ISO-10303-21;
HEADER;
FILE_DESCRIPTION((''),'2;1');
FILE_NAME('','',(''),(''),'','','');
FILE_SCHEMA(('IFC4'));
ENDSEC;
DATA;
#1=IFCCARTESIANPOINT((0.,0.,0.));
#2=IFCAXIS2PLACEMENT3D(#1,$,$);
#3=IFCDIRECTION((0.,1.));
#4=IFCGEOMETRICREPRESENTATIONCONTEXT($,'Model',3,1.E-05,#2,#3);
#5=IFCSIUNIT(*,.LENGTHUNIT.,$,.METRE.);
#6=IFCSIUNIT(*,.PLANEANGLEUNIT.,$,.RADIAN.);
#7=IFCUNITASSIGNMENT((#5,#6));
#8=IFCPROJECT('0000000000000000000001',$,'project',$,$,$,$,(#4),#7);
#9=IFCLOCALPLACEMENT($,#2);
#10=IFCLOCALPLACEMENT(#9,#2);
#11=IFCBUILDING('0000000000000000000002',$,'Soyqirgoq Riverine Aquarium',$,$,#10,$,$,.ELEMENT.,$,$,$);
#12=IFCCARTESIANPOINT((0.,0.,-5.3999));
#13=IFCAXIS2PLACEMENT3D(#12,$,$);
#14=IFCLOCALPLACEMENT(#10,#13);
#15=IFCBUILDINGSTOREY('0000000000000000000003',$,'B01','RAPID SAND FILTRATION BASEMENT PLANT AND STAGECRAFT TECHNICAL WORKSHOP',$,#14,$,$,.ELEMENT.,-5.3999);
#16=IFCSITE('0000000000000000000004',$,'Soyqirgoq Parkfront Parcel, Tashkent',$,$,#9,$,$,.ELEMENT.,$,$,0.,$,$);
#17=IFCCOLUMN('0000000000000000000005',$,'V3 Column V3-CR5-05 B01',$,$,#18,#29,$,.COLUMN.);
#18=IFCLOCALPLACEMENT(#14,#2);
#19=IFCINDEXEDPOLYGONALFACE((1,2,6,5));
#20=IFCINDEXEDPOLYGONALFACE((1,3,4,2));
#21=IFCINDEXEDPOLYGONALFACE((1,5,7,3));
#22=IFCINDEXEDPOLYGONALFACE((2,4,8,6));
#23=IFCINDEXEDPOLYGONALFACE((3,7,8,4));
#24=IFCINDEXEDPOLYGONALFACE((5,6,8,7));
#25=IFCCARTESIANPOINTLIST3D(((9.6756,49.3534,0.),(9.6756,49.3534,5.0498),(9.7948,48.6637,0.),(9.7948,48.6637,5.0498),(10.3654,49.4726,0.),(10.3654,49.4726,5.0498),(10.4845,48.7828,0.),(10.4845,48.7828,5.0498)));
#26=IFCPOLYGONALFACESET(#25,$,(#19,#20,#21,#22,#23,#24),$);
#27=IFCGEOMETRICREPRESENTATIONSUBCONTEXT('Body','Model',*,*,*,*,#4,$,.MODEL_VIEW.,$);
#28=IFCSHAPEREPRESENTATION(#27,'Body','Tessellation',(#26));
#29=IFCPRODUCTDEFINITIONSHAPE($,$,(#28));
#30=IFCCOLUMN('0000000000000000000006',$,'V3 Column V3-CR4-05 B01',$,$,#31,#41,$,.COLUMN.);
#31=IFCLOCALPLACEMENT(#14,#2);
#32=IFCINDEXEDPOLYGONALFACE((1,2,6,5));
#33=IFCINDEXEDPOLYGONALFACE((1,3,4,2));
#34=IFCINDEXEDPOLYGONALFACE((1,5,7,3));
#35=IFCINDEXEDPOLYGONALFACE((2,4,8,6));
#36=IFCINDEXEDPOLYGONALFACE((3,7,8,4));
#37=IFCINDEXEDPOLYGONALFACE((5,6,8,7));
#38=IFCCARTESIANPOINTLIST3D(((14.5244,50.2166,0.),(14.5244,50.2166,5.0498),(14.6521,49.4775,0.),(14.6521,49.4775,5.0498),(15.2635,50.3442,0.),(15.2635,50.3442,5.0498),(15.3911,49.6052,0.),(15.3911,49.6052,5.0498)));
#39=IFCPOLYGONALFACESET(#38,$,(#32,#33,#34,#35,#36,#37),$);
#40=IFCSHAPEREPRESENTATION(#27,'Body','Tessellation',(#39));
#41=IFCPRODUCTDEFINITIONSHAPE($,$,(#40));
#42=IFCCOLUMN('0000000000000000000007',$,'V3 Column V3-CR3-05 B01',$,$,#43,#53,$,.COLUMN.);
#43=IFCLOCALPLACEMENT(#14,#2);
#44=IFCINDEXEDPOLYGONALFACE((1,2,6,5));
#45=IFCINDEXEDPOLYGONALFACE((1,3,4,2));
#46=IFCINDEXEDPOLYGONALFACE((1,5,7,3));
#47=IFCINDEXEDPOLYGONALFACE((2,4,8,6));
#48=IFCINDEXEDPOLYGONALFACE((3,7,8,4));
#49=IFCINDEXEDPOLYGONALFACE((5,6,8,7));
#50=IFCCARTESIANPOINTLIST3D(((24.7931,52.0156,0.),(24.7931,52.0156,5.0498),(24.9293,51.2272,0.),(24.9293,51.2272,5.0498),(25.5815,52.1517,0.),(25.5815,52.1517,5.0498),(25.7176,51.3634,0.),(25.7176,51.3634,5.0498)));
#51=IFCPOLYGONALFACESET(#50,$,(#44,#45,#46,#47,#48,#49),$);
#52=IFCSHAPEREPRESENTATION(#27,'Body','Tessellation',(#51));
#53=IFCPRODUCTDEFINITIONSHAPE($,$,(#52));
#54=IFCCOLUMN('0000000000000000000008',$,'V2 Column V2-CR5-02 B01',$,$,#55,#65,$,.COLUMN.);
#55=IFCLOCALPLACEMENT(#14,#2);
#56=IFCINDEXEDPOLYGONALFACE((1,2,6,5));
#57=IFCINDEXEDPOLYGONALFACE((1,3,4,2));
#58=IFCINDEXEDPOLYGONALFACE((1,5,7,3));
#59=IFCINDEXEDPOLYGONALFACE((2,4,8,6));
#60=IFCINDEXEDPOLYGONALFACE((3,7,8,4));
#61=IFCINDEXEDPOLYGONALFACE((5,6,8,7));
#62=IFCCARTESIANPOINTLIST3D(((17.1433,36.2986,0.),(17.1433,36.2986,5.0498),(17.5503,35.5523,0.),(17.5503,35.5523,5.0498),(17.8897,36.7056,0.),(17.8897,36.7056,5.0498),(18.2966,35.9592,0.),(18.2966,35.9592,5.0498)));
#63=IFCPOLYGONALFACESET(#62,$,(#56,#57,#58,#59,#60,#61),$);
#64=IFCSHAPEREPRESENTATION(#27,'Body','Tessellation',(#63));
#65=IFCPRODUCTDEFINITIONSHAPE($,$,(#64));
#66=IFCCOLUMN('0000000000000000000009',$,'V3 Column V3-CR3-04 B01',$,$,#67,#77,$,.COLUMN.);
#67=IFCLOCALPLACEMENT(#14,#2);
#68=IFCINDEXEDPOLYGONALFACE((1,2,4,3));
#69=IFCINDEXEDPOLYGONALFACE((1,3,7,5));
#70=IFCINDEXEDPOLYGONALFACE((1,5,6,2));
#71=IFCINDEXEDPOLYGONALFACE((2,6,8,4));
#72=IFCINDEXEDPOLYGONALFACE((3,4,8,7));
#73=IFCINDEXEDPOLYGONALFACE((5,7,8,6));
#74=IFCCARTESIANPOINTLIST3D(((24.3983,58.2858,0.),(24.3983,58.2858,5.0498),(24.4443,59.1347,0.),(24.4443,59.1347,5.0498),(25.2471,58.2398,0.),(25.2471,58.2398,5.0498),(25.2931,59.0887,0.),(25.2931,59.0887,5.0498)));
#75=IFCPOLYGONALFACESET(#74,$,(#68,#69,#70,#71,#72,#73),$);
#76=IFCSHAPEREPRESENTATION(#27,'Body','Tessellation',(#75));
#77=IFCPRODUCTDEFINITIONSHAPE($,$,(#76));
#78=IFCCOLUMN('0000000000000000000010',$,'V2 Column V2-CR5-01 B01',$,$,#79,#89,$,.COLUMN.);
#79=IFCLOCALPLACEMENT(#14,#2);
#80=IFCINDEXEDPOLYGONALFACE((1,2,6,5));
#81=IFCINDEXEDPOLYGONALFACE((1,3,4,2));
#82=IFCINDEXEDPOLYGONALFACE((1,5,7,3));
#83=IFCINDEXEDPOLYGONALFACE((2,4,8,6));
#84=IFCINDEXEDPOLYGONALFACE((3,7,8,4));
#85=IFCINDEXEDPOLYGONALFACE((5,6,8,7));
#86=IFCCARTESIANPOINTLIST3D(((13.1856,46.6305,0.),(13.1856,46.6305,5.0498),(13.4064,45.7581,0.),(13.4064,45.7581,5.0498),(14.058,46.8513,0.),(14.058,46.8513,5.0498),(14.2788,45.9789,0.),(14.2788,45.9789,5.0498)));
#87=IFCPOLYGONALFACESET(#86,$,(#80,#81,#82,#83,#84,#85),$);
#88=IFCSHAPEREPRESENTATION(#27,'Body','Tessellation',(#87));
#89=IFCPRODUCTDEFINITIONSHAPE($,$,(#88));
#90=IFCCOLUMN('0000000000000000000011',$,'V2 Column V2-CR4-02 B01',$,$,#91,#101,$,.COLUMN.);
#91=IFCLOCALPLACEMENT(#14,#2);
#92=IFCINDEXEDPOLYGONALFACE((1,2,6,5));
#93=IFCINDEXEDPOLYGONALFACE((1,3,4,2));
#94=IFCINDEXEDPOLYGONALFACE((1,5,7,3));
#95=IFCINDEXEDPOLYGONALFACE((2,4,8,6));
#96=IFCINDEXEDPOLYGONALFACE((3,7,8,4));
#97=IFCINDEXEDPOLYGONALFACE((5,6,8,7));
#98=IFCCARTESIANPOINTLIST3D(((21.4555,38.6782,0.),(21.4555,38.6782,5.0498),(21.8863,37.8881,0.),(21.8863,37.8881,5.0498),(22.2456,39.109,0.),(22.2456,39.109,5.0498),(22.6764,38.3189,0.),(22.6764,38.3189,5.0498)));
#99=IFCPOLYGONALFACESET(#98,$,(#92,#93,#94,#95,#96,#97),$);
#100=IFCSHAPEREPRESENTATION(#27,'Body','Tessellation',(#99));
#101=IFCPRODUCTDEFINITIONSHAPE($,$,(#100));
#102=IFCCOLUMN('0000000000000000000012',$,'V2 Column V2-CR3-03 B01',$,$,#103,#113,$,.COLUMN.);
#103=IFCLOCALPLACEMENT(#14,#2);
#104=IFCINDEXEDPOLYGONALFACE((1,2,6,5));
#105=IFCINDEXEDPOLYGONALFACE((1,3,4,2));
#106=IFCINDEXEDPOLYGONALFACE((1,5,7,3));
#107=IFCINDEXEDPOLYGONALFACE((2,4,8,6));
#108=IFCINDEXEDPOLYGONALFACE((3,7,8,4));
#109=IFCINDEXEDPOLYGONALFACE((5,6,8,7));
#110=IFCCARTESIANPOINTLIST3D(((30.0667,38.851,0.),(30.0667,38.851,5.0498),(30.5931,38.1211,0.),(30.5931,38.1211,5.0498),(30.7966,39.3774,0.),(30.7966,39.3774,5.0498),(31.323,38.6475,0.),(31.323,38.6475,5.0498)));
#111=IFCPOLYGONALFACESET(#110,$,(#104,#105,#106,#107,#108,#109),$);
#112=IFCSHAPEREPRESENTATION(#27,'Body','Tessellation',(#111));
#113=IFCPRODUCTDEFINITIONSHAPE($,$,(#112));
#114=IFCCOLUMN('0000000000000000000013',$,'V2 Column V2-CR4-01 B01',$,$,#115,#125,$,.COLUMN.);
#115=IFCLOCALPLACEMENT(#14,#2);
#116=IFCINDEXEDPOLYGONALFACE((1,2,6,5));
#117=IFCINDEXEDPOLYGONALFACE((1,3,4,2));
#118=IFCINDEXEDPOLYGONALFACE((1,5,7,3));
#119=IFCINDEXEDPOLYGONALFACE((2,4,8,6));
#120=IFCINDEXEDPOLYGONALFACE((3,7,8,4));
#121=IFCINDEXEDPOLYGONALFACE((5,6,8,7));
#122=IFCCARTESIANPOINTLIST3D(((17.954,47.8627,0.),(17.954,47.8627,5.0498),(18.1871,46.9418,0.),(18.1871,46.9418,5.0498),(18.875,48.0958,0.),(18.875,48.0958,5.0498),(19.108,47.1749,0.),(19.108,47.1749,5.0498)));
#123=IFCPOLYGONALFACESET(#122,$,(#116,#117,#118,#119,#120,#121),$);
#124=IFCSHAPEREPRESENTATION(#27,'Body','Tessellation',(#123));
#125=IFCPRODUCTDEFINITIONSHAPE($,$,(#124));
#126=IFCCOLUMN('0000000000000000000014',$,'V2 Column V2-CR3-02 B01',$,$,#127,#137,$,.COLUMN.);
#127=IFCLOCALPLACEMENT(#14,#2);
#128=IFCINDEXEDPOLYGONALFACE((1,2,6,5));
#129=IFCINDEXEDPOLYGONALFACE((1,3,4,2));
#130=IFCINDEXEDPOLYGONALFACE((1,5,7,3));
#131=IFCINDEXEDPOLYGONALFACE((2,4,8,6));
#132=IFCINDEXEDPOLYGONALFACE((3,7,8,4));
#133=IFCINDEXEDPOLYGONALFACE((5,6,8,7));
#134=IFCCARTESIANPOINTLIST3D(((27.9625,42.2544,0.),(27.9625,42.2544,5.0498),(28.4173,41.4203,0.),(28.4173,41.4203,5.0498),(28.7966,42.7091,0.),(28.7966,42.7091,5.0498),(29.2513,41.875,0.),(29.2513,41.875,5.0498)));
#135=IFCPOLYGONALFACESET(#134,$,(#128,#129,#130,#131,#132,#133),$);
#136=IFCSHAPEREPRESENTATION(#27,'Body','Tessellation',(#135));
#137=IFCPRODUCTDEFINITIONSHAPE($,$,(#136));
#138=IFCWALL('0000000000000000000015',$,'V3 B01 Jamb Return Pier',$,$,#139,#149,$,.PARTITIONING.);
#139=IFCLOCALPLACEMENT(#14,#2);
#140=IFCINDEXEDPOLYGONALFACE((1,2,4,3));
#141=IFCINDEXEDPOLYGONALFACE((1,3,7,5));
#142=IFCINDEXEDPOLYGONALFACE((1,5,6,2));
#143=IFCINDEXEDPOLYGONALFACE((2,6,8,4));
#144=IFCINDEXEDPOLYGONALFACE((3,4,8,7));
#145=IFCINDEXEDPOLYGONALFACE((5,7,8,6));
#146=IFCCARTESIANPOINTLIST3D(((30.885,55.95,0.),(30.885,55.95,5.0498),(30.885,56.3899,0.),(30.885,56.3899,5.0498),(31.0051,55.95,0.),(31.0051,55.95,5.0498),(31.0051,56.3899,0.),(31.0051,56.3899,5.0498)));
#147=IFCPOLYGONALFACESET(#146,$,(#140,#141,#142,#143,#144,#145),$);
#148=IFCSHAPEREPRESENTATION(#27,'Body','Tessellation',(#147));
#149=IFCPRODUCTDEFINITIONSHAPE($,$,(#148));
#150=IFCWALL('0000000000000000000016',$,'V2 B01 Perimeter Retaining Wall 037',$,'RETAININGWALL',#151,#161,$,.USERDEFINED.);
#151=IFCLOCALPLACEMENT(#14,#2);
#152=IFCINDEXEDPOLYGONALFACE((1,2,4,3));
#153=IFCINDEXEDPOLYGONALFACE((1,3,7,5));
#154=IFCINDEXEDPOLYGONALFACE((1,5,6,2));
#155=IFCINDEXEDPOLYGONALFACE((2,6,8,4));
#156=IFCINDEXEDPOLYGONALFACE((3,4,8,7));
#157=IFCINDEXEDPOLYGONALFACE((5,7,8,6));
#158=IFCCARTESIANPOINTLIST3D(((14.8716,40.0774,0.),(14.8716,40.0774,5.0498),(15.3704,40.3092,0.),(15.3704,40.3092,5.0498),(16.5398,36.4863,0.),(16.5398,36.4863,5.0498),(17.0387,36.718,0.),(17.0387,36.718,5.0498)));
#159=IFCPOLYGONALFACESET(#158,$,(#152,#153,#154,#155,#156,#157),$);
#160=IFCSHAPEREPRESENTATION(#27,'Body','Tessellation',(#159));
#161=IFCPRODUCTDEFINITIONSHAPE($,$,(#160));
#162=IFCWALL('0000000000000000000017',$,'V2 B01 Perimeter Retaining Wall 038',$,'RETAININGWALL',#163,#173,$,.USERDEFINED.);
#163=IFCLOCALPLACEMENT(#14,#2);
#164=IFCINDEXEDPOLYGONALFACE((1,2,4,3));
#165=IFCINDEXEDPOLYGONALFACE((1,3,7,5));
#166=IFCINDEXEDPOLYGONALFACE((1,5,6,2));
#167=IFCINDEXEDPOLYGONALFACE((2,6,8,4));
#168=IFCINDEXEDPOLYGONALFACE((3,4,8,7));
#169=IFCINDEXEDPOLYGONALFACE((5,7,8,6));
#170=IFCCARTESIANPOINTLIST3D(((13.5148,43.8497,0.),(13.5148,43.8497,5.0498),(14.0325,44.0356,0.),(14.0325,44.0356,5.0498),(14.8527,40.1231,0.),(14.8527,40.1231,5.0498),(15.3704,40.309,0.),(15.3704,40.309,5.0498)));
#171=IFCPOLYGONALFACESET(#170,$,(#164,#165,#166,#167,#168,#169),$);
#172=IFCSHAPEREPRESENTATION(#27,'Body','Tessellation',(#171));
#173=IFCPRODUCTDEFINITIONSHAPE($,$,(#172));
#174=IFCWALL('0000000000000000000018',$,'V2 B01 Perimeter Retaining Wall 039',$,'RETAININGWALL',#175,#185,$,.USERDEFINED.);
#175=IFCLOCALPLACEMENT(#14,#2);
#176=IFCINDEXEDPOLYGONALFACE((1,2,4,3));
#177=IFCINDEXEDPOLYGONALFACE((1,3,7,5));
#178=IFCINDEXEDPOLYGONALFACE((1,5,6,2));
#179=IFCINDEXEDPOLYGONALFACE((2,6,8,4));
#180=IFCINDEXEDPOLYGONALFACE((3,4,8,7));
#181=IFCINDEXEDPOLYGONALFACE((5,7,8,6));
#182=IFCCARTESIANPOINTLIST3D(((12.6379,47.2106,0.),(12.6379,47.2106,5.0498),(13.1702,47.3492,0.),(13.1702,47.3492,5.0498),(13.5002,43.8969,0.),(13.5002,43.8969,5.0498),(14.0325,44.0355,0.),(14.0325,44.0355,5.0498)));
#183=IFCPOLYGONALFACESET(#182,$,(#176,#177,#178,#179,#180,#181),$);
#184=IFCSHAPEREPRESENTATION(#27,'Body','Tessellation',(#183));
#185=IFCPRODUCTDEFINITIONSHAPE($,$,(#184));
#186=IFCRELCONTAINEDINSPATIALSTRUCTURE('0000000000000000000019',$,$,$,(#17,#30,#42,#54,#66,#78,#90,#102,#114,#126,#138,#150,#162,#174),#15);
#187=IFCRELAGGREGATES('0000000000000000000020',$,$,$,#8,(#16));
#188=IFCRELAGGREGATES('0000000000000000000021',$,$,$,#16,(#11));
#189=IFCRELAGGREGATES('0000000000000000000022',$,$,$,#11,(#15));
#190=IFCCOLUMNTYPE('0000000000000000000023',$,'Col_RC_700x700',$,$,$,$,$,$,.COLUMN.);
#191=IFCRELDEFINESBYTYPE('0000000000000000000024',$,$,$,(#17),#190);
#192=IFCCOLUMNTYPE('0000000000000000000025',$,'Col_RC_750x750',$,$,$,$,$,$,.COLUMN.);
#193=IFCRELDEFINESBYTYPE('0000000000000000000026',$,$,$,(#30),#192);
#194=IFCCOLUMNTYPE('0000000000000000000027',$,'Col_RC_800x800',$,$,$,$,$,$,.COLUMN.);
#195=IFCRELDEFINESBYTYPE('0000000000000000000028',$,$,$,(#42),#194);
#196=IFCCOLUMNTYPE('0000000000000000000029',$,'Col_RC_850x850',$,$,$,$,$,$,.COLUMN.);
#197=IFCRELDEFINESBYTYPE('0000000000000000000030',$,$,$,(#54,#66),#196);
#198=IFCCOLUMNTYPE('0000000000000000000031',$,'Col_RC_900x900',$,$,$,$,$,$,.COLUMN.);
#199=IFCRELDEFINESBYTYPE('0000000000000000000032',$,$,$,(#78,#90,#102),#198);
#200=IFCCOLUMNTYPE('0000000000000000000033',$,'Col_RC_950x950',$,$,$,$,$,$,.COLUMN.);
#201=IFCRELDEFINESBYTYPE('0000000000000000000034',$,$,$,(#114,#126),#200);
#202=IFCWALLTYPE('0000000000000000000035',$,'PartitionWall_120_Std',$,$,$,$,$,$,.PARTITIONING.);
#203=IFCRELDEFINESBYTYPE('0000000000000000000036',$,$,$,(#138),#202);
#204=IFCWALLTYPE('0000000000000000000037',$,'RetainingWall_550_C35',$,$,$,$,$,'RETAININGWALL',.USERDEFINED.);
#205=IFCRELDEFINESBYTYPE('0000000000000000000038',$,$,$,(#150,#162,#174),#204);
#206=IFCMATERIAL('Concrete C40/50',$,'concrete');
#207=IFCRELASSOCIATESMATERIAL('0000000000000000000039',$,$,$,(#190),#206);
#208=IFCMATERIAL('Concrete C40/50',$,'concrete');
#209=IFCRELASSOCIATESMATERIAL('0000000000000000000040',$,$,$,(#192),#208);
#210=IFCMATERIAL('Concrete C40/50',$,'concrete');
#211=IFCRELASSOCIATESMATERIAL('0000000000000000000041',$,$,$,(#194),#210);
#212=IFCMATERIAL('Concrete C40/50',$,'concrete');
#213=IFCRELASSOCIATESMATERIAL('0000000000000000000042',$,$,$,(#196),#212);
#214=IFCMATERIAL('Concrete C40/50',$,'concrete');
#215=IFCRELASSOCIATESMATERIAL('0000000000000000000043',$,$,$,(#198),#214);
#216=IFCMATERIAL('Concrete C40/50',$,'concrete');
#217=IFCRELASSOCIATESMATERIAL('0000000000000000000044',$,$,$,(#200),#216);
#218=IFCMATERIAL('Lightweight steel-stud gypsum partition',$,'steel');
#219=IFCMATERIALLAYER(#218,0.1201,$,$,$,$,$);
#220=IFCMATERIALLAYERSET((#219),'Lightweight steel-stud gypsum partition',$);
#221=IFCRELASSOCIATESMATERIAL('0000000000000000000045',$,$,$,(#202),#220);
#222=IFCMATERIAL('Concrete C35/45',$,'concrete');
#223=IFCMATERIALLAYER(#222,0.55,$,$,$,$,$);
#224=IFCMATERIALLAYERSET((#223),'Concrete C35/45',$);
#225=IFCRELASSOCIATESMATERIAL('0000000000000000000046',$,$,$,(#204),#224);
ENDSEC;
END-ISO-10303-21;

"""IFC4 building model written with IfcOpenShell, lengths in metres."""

from ifc_helpers import new_model, si_unit, direction, frame, frame_2d, origin, origin_2d, place, context, subcontext, project, spatial, rectangle, extrude, material, layer, layer_set, material_profile, profile_set, type_object, element, save


model = new_model("IFC4")

# Units and contexts
model_context = context("Model", 3, precision=1e-05, world=origin(), true_north=direction((0.0, 1.0)))
body_context = subcontext(model_context, "Body", "Model", "MODEL_VIEW")
ifc_project = project(units=[si_unit("LENGTHUNIT", "METRE"), si_unit("PLANEANGLEUNIT", "RADIAN")], contexts=[model_context])

# Site, building, storey
site_placement = place(None, origin())
site = spatial("IfcSite", under=ifc_project, at=site_placement, Name="Soyqirgoq Parkfront Parcel, Tashkent", CompositionType="ELEMENT", RefElevation=0.0)
building_placement = place(site_placement, origin())
building = spatial("IfcBuilding", under=site, at=building_placement, Name="Soyqirgoq Riverine Aquarium", CompositionType="ELEMENT")
storey_placement = place(building_placement, frame((0.0, 0.0, -5.3999)))
storey = spatial("IfcBuildingStorey", under=building, at=storey_placement, Name="B01", Description="RAPID SAND FILTRATION BASEMENT PLANT AND STAGECRAFT TECHNICAL WORKSHOP", CompositionType="ELEMENT", Elevation=-5.3999)

# Columns
ifc_material_1 = material(Name="Concrete C40/50", Category="concrete")
ifc_material_profile_1 = material_profile(ifc_material_1, rectangle(XDim=0.7, YDim=0.7, at=origin_2d()), Name="RC 700x700")
ifc_profile_set_1 = profile_set([ifc_material_profile_1], Name="Concrete C40/50")
column_type_1 = type_object("IfcColumnType", Name="Col_RC_700x700", PredefinedType="COLUMN", material=ifc_profile_set_1)
for number, where, z_axis, x_axis, name in (
    (1, (10.0801, 49.0681, 0.0), (0.0, 0.0, 1.0), (-0.985408, -0.170209, 0.0), "V3 Column V3-CR5-05 B01"),
):
    element("IfcColumn", number, at=place(storey_placement, frame(where, z_axis=z_axis, x_axis=x_axis)), inside=storey, type_object=column_type_1, Name=name, PredefinedType="COLUMN", context=body_context, shape_type="SweptSolid", body=[
        extrude(rectangle(XDim=0.7, YDim=0.7, at=origin_2d()), origin(), (0.0, 0.0, 1.0), 5.0498),
    ])
ifc_material_2 = material(Name="Concrete C40/50", Category="concrete")
ifc_material_profile_2 = material_profile(ifc_material_2, rectangle(XDim=0.75, YDim=0.75, at=origin_2d()), Name="RC 750x750")
ifc_profile_set_2 = profile_set([ifc_material_profile_2], Name="Concrete C40/50")
column_type_2 = type_object("IfcColumnType", Name="Col_RC_750x750", PredefinedType="COLUMN", material=ifc_profile_set_2)
column_1_placement = place(storey_placement, frame((14.9578, 49.9109, 0.0), z_axis=(0.0, 0.0, 1.0), x_axis=(-0.985408, -0.170209, 0.0)))
element("IfcColumn", 2, at=column_1_placement, inside=storey, type_object=column_type_2, Name="V3 Column V3-CR4-05 B01", PredefinedType="COLUMN", context=body_context, shape_type="SweptSolid", body=[
    extrude(rectangle(XDim=0.75, YDim=0.75, at=origin_2d()), origin(), (0.0, 0.0, 1.0), 5.0498),
])
ifc_material_3 = material(Name="Concrete C40/50", Category="concrete")
ifc_material_profile_3 = material_profile(ifc_material_3, rectangle(XDim=0.8, YDim=0.8, at=origin_2d()), Name="RC 800x800")
ifc_profile_set_3 = profile_set([ifc_material_profile_3], Name="Concrete C40/50")
column_type_3 = type_object("IfcColumnType", Name="Col_RC_800x800", PredefinedType="COLUMN", material=ifc_profile_set_3)
column_2_placement = place(storey_placement, frame((25.2554, 51.6895, 0.0), z_axis=(0.0, 0.0, 1.0), x_axis=(-0.985408, -0.170209, 0.0)))
element("IfcColumn", 3, at=column_2_placement, inside=storey, type_object=column_type_3, Name="V3 Column V3-CR3-05 B01", PredefinedType="COLUMN", context=body_context, shape_type="SweptSolid", body=[
    extrude(rectangle(XDim=0.8, YDim=0.8, at=origin_2d()), origin(), (0.0, 0.0, 1.0), 5.0498),
])
ifc_material_4 = material(Name="Concrete C40/50", Category="concrete")
ifc_material_profile_4 = material_profile(ifc_material_4, rectangle(XDim=0.8501, YDim=0.8501, at=origin_2d()), Name="RC 850x850")
ifc_profile_set_4 = profile_set([ifc_material_profile_4], Name="Concrete C40/50")
column_type_4 = type_object("IfcColumnType", Name="Col_RC_850x850", PredefinedType="COLUMN", material=ifc_profile_set_4)
for number, where, z_axis, x_axis, name in (
    (4, (17.72, 36.1289, 0.0), (0.0, 0.0, 1.0), (-0.877983, -0.478692, 0.0), "V2 Column V2-CR5-02 B01"),
    (5, (24.8457, 58.6873, 0.0), (0.0, 0.0, 1.0), (-0.998537, 0.054079, 0.0), "V3 Column V3-CR3-04 B01"),
):
    element("IfcColumn", number, at=place(storey_placement, frame(where, z_axis=z_axis, x_axis=x_axis)), inside=storey, type_object=column_type_4, Name=name, PredefinedType="COLUMN", context=body_context, shape_type="SweptSolid", body=[
        extrude(rectangle(XDim=0.8501, YDim=0.8501, at=origin_2d()), origin(), (0.0, 0.0, 1.0), 5.0498),
    ])
ifc_material_5 = material(Name="Concrete C40/50", Category="concrete")
ifc_material_profile_5 = material_profile(ifc_material_5, rectangle(XDim=0.8999, YDim=0.8999, at=origin_2d()), Name="RC 900x900")
ifc_profile_set_5 = profile_set([ifc_material_profile_5], Name="Concrete C40/50")
column_type_5 = type_object("IfcColumnType", Name="Col_RC_900x900", PredefinedType="COLUMN", material=ifc_profile_set_5)
for number, where, z_axis, x_axis, name in (
    (6, (13.7322, 46.3047, 0.0), (0.0, 0.0, 1.0), (-0.969445, -0.245307, 0.0), "V2 Column V2-CR5-01 B01"),
    (7, (22.0659, 38.4985, 0.0), (0.0, 0.0, 1.0), (-0.877983, -0.478692, 0.0), "V2 Column V2-CR4-02 B01"),
    (8, (30.6948, 38.7493, 0.0), (0.0, 0.0, 1.0), (-0.811064, -0.584958, 0.0), "V2 Column V2-CR3-03 B01"),
):
    element("IfcColumn", number, at=place(storey_placement, frame(where, z_axis=z_axis, x_axis=x_axis)), inside=storey, type_object=column_type_5, Name=name, PredefinedType="COLUMN", context=body_context, shape_type="SweptSolid", body=[
        extrude(rectangle(XDim=0.8999, YDim=0.8999, at=origin_2d()), origin(), (0.0, 0.0, 1.0), 5.0498),
    ])
ifc_material_6 = material(Name="Concrete C40/50", Category="concrete")
ifc_material_profile_6 = material_profile(ifc_material_6, rectangle(XDim=0.95, YDim=0.95, at=origin_2d()), Name="RC 950x950")
ifc_profile_set_6 = profile_set([ifc_material_profile_6], Name="Concrete C40/50")
column_type_6 = type_object("IfcColumnType", Name="Col_RC_950x950", PredefinedType="COLUMN", material=ifc_profile_set_6)
for number, where, z_axis, x_axis, name in (
    (9, (18.531, 47.5188, 0.0), (0.0, 0.0, 1.0), (-0.969445, -0.245307, 0.0), "V2 Column V2-CR4-01 B01"),
    (10, (28.6069, 42.0647, 0.0), (0.0, 0.0, 1.0), (-0.877983, -0.478692, 0.0), "V2 Column V2-CR3-02 B01"),
):
    element("IfcColumn", number, at=place(storey_placement, frame(where, z_axis=z_axis, x_axis=x_axis)), inside=storey, type_object=column_type_6, Name=name, PredefinedType="COLUMN", context=body_context, shape_type="SweptSolid", body=[
        extrude(rectangle(XDim=0.95, YDim=0.95, at=origin_2d()), origin(), (0.0, 0.0, 1.0), 5.0498),
    ])

# Walls
ifc_material_7 = material(Name="Lightweight steel-stud gypsum partition", Category="steel")
ifc_layer_1 = layer(ifc_material_7, 0.1201)
ifc_layer_set_1 = layer_set([ifc_layer_1], Name="Lightweight steel-stud gypsum partition")
wall_type_1 = type_object("IfcWallType", Name="PartitionWall_120_Std", PredefinedType="PARTITIONING", material=ifc_layer_set_1)
wall_1_placement = place(storey_placement, frame((30.9451, 55.95, 0.0), z_axis=(0.0, 0.0, 1.0), x_axis=(0.0, 1.0, 0.0)))
element("IfcWall", 11, at=wall_1_placement, inside=storey, type_object=wall_type_1, Name="V3 B01 Jamb Return Pier", PredefinedType="PARTITIONING", context=body_context, shape_type="SweptSolid", body=[
    extrude(rectangle(XDim=0.4399, YDim=0.1201, at=frame_2d((0.22, 0.0))), origin(), (0.0, 0.0, 1.0), 5.0498),
])
ifc_material_8 = material(Name="Concrete C35/45", Category="concrete")
ifc_layer_2 = layer(ifc_material_8, 0.55)
ifc_layer_set_2 = layer_set([ifc_layer_2], Name="Concrete C35/45")
wall_type_2 = type_object("IfcWallType", Name="RetainingWall_550_C35", ElementType="RETAININGWALL", PredefinedType="USERDEFINED", material=ifc_layer_set_2)
wall_2_placement = place(storey_placement, frame((16.7893, 36.6021, 0.0), z_axis=(0.0, 0.0, 1.0), x_axis=(-0.421305, 0.906919, 0.0)))
element("IfcWall", 12, at=wall_2_placement, inside=storey, type_object=wall_type_2, Name="V2 B01 Perimeter Retaining Wall 037", ObjectType="RETAININGWALL", PredefinedType="USERDEFINED", context=body_context, shape_type="SweptSolid", body=[
    extrude(rectangle(XDim=3.9597, YDim=0.55, at=frame_2d((1.98, 0.0))), origin(), (0.0, 0.0, 1.0), 5.0498),
])
wall_3_placement = place(storey_placement, frame((15.1116, 40.2161, 0.0), z_axis=(0.0, 0.0, 1.0), x_axis=(-0.337898, 0.941183, 0.0)))
element("IfcWall", 13, at=wall_3_placement, inside=storey, type_object=wall_type_2, Name="V2 B01 Perimeter Retaining Wall 038", ObjectType="RETAININGWALL", PredefinedType="USERDEFINED", context=body_context, shape_type="SweptSolid", body=[
    extrude(rectangle(XDim=3.9595, YDim=0.55, at=frame_2d((1.9797, 0.0))), origin(), (0.0, 0.0, 1.0), 5.0498),
])
wall_4_placement = place(storey_placement, frame((13.7664, 43.9663, 0.0), z_axis=(0.0, 0.0, 1.0), x_axis=(-0.251836, 0.96777, 0.0)))
element("IfcWall", 14, at=wall_4_placement, inside=storey, type_object=wall_type_2, Name="V2 B01 Perimeter Retaining Wall 039", ObjectType="RETAININGWALL", PredefinedType="USERDEFINED", context=body_context, shape_type="SweptSolid", body=[
    extrude(rectangle(XDim=3.4241, YDim=0.55, at=frame_2d((1.7119, 0.0))), origin(), (0.0, 0.0, 1.0), 5.0498),
])

save(model, "model.ifc")
